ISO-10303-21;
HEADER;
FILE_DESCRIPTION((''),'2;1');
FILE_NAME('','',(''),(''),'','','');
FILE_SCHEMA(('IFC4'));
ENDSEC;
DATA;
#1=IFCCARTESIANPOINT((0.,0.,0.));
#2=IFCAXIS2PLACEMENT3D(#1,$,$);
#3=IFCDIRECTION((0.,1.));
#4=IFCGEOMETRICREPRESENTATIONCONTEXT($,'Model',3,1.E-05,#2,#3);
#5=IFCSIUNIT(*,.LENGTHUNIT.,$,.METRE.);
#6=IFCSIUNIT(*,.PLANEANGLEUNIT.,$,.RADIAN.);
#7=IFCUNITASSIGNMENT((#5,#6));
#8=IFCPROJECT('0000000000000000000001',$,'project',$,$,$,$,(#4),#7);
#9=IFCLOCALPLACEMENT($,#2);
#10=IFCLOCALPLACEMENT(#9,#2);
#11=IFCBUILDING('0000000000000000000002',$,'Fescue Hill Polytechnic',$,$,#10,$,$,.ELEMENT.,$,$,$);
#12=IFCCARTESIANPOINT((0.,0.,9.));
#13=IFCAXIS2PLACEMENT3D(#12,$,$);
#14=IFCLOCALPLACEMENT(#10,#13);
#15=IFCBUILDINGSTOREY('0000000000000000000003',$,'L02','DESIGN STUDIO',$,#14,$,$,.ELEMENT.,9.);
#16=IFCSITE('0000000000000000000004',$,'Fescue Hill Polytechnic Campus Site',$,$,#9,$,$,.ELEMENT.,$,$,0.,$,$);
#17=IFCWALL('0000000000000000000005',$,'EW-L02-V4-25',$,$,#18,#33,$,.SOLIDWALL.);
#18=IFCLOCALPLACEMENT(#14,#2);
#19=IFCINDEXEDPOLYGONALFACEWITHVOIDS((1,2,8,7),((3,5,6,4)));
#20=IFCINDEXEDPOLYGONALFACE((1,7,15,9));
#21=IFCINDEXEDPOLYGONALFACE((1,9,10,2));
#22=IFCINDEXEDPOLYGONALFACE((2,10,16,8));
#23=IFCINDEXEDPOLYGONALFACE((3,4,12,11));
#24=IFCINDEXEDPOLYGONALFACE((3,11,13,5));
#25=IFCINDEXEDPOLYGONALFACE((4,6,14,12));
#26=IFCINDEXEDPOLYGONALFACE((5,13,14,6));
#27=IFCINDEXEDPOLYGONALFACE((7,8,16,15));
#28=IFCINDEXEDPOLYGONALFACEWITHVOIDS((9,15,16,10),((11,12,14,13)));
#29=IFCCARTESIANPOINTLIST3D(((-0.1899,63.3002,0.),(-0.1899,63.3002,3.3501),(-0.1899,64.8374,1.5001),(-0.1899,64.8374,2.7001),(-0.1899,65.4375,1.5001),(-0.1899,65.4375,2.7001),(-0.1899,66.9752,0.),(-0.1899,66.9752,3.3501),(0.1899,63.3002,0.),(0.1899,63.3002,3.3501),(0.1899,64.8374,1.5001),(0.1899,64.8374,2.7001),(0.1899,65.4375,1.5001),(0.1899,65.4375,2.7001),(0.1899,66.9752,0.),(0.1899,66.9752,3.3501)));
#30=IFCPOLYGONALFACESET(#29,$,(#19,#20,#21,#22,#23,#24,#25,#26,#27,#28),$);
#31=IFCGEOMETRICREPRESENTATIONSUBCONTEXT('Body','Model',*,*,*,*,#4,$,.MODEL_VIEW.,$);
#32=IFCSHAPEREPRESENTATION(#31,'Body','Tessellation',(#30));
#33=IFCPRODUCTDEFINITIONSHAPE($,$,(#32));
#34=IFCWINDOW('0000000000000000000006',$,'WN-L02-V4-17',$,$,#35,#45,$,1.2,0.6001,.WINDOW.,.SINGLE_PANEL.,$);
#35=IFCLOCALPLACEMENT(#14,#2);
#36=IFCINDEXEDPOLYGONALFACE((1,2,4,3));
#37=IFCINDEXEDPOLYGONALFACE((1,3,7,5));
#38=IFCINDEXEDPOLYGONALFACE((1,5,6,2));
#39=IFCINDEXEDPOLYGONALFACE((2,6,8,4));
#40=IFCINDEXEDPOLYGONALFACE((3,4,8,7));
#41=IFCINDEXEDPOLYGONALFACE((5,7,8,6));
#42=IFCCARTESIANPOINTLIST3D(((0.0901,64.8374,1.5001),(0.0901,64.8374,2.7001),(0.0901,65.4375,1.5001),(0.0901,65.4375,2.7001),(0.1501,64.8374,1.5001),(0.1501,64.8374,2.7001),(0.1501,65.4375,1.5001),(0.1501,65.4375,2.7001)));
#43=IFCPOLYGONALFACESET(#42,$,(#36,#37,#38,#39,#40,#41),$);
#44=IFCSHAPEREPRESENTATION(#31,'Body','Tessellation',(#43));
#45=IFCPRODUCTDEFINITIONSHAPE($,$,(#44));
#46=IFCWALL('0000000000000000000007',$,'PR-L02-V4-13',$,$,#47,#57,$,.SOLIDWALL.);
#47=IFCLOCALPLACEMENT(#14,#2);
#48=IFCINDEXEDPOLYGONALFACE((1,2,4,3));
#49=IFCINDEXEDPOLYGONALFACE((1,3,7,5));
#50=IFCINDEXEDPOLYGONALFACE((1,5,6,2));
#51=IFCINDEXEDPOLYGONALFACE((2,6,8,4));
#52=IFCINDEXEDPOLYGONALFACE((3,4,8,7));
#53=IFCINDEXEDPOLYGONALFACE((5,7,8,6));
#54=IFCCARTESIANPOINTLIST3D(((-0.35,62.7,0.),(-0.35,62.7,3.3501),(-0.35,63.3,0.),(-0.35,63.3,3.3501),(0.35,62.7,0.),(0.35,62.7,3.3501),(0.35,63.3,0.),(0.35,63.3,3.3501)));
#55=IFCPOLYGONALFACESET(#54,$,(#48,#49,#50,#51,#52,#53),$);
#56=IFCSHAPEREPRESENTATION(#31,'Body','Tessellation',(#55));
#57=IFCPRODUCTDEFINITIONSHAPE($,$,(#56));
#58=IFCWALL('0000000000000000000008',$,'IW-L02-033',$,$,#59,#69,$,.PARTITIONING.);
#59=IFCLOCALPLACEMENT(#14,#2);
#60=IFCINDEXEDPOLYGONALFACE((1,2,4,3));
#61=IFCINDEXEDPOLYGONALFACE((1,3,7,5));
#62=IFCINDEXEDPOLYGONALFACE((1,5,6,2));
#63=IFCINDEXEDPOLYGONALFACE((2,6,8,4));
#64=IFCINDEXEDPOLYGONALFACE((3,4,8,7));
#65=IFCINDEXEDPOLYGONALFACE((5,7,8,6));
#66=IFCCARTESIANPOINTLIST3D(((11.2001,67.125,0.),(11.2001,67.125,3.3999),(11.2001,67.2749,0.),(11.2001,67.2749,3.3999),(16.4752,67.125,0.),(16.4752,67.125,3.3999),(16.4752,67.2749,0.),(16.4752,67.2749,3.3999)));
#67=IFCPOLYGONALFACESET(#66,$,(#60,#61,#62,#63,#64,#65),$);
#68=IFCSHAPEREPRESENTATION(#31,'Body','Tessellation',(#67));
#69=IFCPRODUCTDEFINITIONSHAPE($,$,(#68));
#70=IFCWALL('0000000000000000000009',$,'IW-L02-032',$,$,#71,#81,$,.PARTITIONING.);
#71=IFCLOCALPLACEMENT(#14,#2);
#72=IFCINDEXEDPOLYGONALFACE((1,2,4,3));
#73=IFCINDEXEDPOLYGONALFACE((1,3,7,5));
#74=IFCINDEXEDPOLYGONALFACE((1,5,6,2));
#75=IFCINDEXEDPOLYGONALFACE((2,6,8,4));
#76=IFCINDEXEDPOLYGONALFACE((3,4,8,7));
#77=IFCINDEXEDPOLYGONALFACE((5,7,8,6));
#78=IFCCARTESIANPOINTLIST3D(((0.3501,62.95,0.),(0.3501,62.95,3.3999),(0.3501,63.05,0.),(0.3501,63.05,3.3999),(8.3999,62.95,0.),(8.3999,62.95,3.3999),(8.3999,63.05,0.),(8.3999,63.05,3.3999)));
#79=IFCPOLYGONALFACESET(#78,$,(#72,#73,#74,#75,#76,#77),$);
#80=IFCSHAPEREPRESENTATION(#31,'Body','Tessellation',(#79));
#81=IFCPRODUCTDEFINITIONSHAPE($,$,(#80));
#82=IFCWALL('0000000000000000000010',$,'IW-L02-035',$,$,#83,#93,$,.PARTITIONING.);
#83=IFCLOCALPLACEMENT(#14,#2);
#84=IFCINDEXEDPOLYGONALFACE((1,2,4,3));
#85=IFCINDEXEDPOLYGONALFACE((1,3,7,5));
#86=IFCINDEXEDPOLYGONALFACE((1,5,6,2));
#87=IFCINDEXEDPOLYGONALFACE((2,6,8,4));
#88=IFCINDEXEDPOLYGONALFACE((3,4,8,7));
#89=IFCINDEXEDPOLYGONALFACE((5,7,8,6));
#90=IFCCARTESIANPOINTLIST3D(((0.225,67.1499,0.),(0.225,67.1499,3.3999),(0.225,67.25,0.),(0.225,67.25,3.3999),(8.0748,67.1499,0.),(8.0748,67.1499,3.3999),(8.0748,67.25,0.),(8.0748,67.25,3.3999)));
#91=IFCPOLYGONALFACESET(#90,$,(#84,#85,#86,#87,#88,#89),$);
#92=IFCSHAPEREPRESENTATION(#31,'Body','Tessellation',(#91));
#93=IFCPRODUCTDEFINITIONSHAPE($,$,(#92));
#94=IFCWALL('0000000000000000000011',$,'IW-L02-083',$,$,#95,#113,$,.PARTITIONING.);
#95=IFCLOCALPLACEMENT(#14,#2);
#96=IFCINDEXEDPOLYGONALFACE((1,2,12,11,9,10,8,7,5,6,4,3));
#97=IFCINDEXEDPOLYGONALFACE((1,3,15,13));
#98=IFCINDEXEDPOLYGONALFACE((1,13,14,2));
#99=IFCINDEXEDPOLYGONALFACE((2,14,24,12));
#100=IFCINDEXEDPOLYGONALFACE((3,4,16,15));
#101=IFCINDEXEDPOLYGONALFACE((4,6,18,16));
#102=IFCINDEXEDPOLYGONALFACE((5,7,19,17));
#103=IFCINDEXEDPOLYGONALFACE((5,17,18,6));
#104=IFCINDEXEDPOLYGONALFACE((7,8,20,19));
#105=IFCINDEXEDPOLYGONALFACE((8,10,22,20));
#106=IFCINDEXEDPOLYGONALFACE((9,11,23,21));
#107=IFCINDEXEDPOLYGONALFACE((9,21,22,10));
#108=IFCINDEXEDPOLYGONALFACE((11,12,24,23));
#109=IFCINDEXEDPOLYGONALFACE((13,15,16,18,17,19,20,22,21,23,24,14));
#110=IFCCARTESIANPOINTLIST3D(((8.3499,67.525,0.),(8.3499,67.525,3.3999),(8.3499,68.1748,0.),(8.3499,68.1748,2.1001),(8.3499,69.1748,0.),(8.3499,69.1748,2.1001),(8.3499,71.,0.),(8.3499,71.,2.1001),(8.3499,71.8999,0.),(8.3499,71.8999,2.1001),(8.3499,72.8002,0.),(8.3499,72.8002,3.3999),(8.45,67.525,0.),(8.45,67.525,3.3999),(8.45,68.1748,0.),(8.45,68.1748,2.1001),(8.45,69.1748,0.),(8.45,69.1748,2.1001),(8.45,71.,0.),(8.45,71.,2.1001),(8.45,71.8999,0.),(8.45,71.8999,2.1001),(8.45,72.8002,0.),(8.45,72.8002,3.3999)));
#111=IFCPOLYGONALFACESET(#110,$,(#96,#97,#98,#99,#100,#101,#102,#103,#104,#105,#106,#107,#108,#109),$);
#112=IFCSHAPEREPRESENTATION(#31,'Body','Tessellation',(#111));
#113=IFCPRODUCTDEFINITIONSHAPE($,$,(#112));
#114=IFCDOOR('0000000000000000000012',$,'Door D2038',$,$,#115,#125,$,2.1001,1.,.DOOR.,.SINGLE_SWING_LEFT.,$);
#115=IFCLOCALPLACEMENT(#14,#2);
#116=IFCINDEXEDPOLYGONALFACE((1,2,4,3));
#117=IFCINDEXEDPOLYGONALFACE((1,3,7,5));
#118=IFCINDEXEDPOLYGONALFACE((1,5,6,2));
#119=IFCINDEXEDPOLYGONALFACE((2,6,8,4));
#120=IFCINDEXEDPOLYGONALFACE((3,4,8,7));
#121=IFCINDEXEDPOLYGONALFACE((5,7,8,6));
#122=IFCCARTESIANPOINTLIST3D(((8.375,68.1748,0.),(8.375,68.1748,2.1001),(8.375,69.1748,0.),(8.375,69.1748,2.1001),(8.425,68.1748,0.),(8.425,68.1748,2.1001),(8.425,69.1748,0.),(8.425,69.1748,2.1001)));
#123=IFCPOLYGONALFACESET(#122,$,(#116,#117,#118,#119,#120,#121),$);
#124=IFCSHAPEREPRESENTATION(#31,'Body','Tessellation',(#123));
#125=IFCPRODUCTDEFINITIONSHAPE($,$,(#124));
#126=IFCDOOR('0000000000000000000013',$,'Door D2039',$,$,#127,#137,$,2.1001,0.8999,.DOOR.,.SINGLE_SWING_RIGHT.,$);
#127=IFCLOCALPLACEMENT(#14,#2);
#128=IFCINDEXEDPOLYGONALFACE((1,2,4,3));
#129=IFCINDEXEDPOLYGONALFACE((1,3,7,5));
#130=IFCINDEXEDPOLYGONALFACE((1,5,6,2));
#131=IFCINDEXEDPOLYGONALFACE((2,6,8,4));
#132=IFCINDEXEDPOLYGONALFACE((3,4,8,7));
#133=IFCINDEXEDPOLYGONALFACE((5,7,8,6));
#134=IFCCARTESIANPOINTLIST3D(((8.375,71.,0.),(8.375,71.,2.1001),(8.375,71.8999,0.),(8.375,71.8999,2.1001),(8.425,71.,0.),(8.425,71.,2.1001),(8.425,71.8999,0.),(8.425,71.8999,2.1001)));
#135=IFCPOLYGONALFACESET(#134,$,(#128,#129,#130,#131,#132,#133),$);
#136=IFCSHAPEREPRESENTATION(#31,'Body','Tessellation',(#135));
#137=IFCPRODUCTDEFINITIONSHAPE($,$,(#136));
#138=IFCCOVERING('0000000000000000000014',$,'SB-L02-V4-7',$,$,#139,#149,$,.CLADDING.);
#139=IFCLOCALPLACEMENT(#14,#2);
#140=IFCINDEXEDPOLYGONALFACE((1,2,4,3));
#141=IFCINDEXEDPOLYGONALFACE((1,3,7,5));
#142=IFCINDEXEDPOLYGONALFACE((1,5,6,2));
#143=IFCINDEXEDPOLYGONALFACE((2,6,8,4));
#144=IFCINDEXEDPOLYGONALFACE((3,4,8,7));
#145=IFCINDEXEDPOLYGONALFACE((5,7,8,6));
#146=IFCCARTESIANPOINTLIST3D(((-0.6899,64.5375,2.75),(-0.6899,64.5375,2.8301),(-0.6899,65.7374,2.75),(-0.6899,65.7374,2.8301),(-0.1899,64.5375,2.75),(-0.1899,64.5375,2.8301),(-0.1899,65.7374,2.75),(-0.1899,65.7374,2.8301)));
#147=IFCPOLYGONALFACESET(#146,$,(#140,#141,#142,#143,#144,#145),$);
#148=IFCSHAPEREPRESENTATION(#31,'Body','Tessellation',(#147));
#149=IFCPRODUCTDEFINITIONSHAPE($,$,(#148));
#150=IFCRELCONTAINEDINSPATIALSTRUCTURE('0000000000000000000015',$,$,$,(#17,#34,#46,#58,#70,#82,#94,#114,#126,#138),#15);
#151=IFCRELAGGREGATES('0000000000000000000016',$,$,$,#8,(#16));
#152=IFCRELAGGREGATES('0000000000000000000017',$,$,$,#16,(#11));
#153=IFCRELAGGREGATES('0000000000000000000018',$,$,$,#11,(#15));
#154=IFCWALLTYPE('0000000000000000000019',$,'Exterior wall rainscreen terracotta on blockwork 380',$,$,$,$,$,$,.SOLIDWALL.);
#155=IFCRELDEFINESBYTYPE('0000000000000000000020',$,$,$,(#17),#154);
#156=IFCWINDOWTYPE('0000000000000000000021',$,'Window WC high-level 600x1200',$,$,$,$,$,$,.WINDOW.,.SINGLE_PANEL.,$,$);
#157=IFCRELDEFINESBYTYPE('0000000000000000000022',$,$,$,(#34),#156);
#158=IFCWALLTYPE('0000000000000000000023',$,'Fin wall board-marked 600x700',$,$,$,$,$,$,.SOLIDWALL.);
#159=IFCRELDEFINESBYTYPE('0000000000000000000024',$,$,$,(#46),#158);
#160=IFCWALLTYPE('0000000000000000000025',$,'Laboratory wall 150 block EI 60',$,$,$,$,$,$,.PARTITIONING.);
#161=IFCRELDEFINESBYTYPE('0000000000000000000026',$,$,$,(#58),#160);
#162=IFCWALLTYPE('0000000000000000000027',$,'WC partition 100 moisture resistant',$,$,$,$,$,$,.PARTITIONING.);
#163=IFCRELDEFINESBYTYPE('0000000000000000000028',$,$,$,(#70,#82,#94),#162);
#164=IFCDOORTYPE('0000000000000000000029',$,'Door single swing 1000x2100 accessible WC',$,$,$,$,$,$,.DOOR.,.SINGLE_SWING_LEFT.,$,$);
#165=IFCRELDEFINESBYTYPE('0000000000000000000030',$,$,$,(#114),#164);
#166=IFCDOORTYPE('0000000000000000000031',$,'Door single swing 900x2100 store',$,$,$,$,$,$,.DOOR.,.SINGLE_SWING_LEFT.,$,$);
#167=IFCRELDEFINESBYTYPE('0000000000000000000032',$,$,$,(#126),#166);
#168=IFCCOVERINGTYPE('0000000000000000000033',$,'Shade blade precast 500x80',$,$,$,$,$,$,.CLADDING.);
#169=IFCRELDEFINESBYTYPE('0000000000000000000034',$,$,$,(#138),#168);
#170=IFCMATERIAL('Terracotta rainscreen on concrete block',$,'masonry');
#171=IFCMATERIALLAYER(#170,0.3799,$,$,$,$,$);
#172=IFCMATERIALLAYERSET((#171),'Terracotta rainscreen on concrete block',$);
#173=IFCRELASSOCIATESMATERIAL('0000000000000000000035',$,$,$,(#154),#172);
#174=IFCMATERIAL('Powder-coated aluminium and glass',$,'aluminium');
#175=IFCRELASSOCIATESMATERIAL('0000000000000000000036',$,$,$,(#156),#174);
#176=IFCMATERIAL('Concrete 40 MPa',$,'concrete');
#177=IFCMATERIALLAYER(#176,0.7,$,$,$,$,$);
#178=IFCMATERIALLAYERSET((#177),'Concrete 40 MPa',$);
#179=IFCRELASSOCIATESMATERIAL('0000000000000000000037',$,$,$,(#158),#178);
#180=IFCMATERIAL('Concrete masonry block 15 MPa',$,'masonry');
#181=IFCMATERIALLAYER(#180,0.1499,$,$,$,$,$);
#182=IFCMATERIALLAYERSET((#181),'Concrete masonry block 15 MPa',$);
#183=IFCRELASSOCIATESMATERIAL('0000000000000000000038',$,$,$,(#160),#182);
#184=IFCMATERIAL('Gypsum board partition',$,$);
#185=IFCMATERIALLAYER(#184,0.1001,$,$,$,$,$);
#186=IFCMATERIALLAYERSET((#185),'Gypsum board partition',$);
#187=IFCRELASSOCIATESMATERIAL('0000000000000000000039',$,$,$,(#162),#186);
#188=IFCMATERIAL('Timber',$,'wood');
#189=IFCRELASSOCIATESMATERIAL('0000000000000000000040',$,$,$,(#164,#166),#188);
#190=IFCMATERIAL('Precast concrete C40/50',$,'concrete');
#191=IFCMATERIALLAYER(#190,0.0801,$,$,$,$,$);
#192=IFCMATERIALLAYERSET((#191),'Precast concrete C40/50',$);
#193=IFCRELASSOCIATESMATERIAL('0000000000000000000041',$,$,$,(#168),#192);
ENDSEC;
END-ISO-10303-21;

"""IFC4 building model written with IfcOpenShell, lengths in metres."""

from ifc_helpers import new_model, si_unit, direction, frame, frame_2d, origin, origin_2d, place, context, subcontext, project, spatial, rectangle, extrude, material, layer, layer_set, type_object, element, fill, save


model = new_model("IFC4")

# Units and contexts
model_context = context("Model", 3, precision=1e-05, world=origin(), true_north=direction((0.0, 1.0)))
body_context = subcontext(model_context, "Body", "Model", "MODEL_VIEW")
ifc_project = project(units=[si_unit("LENGTHUNIT", "METRE"), si_unit("PLANEANGLEUNIT", "RADIAN")], contexts=[model_context])

# Site, building, storey
site_placement = place(None, origin())
site = spatial("IfcSite", under=ifc_project, at=site_placement, Name="Fescue Hill Polytechnic Campus Site", CompositionType="ELEMENT", RefElevation=0.0)
building_placement = place(site_placement, origin())
building = spatial("IfcBuilding", under=site, at=building_placement, Name="Fescue Hill Polytechnic", CompositionType="ELEMENT")
storey_placement = place(building_placement, frame((0.0, 0.0, 9.0)))
storey = spatial("IfcBuildingStorey", under=building, at=storey_placement, Name="L02", Description="DESIGN STUDIO", CompositionType="ELEMENT", Elevation=9.0)

# Shared definitions
ifc_material_1 = material(Name="Concrete 40 MPa", Category="concrete")

# Wall, opening, window
ifc_material_2 = material(Name="Terracotta rainscreen on concrete block", Category="masonry")
ifc_layer_1 = layer(ifc_material_2, 0.3799)
ifc_layer_set_1 = layer_set([ifc_layer_1], Name="Terracotta rainscreen on concrete block")
wall_type_1 = type_object("IfcWallType", Name="Exterior wall rainscreen terracotta on blockwork 380", PredefinedType="SOLIDWALL", material=ifc_layer_set_1)
wall_1_placement = place(storey_placement, frame((0.0, 66.9751, 0.0), z_axis=(0.0, 0.0, 1.0), x_axis=(0.0, -1.0, 0.0)))
wall_1 = element("IfcWall", 1, at=wall_1_placement, inside=storey, type_object=wall_type_1, Name="EW-L02-V4-25", PredefinedType="SOLIDWALL", context=body_context, shape_type="SweptSolid", body=[
    extrude(rectangle(XDim=3.675, YDim=0.3799, at=frame_2d((1.8374, 0.0))), origin(), (0.0, 0.0, 1.0), 3.3501),
])
opening_1_placement = place(wall_1_placement, frame((1.5376, 0.0, 1.5)))
opening_1 = element("IfcOpeningElement", 2, at=opening_1_placement, cuts=wall_1, PredefinedType="OPENING", context=body_context, shape_type="SweptSolid", body=[
    extrude(rectangle(XDim=0.6001, YDim=1.2, at=frame_2d((0.3, 0.6001))), frame((0.0, 0.2, 0.0), z_axis=(0.0, -1.0, 0.0), x_axis=(1.0, 0.0, 0.0)), (0.0, 0.0, 1.0), 0.3999),
])
ifc_material_3 = material(Name="Powder-coated aluminium and glass", Category="aluminium")
window_type = type_object("IfcWindowType", Name="Window WC high-level 600x1200", PartitioningType="SINGLE_PANEL", PredefinedType="WINDOW", material=ifc_material_3)
window_placement = place(opening_1_placement, origin())
window = element("IfcWindow", 3, at=window_placement, inside=storey, type_object=window_type, Name="WN-L02-V4-17", OverallHeight=1.2, OverallWidth=0.6001, PartitioningType="SINGLE_PANEL", PredefinedType="WINDOW", context=body_context, shape_type="SweptSolid", body=[
    extrude(rectangle(XDim=0.6001, YDim=1.2, at=frame_2d((0.3, 0.6001))), frame((0.0, 0.1501, 0.0), z_axis=(0.0, -1.0, 0.0), x_axis=(1.0, 0.0, 0.0)), (0.0, 0.0, 1.0), 0.0601),
])
fill(opening_1, window)

# Walls
ifc_layer_2 = layer(ifc_material_1, 0.7)
ifc_layer_set_2 = layer_set([ifc_layer_2], Name="Concrete 40 MPa")
wall_type_2 = type_object("IfcWallType", Name="Fin wall board-marked 600x700", PredefinedType="SOLIDWALL", material=ifc_layer_set_2)
wall_2_placement = place(storey_placement, frame((0.0, 63.3, 0.0), z_axis=(0.0, 0.0, 1.0), x_axis=(0.0, -1.0, 0.0)))
element("IfcWall", 4, at=wall_2_placement, inside=storey, type_object=wall_type_2, Name="PR-L02-V4-13", PredefinedType="SOLIDWALL", context=body_context, shape_type="SweptSolid", body=[
    extrude(rectangle(XDim=0.6001, YDim=0.7, at=frame_2d((0.3, 0.0))), origin(), (0.0, 0.0, 1.0), 3.3501),
])
ifc_material_4 = material(Name="Concrete masonry block 15 MPa", Category="masonry")
ifc_layer_3 = layer(ifc_material_4, 0.1499)
ifc_layer_set_3 = layer_set([ifc_layer_3], Name="Concrete masonry block 15 MPa")
wall_type_3 = type_object("IfcWallType", Name="Laboratory wall 150 block EI 60", PredefinedType="PARTITIONING", material=ifc_layer_set_3)
wall_3_placement = place(storey_placement, frame((11.2, 67.2, 0.0), z_axis=(0.0, 0.0, 1.0), x_axis=(1.0, 0.0, 0.0)))
element("IfcWall", 5, at=wall_3_placement, inside=storey, type_object=wall_type_3, Name="IW-L02-033", PredefinedType="PARTITIONING", context=body_context, shape_type="SweptSolid", body=[
    extrude(rectangle(XDim=5.2751, YDim=0.1499, at=frame_2d((2.6377, 0.0))), origin(), (0.0, 0.0, 1.0), 3.3999),
])
ifc_material_5 = material(Name="Gypsum board partition")
ifc_layer_4 = layer(ifc_material_5, 0.1001)
ifc_layer_set_4 = layer_set([ifc_layer_4], Name="Gypsum board partition")
wall_type_4 = type_object("IfcWallType", Name="WC partition 100 moisture resistant", PredefinedType="PARTITIONING", material=ifc_layer_set_4)
wall_4_placement = place(storey_placement, frame((0.3501, 63.0, 0.0), z_axis=(0.0, 0.0, 1.0), x_axis=(1.0, 0.0, 0.0)))
element("IfcWall", 6, at=wall_4_placement, inside=storey, type_object=wall_type_4, Name="IW-L02-032", PredefinedType="PARTITIONING", context=body_context, shape_type="SweptSolid", body=[
    extrude(rectangle(XDim=8.0498, YDim=0.1001, at=frame_2d((4.0249, 0.0))), origin(), (0.0, 0.0, 1.0), 3.3999),
])
wall_5_placement = place(storey_placement, frame((0.2251, 67.2, 0.0), z_axis=(0.0, 0.0, 1.0), x_axis=(1.0, 0.0, 0.0)))
element("IfcWall", 7, at=wall_5_placement, inside=storey, type_object=wall_type_4, Name="IW-L02-035", PredefinedType="PARTITIONING", context=body_context, shape_type="SweptSolid", body=[
    extrude(rectangle(XDim=7.8499, YDim=0.1001, at=frame_2d((3.9248, 0.0))), origin(), (0.0, 0.0, 1.0), 3.3999),
])

# Wall, openings, doors
wall_6_placement = place(storey_placement, frame((8.3999, 67.5249, 0.0), z_axis=(0.0, 0.0, 1.0), x_axis=(0.0, 1.0, 0.0)))
wall_6 = element("IfcWall", 8, at=wall_6_placement, inside=storey, type_object=wall_type_4, Name="IW-L02-083", PredefinedType="PARTITIONING", context=body_context, shape_type="SweptSolid", body=[
    extrude(rectangle(XDim=5.2751, YDim=0.1001, at=frame_2d((2.6377, 0.0))), origin(), (0.0, 0.0, 1.0), 3.3999),
])
opening_2_placement = place(wall_6_placement, frame((0.6499, 0.0, 0.0)))
opening_2 = element("IfcOpeningElement", 9, at=opening_2_placement, cuts=wall_6, PredefinedType="OPENING", context=body_context, shape_type="SweptSolid", body=[
    extrude(rectangle(XDim=1.0, YDim=2.1001, at=frame_2d((0.5, 1.05))), frame((0.0, 0.0601, 0.0), z_axis=(0.0, -1.0, 0.0), x_axis=(1.0, 0.0, 0.0)), (0.0, 0.0, 1.0), 0.1201),
])
opening_3_placement = place(wall_6_placement, frame((3.4751, 0.0, 0.0)))
opening_3 = element("IfcOpeningElement", 10, at=opening_3_placement, cuts=wall_6, PredefinedType="OPENING", context=body_context, shape_type="SweptSolid", body=[
    extrude(rectangle(XDim=0.8999, YDim=2.1001, at=frame_2d((0.45, 1.05))), frame((0.0, 0.0601, 0.0), z_axis=(0.0, -1.0, 0.0), x_axis=(1.0, 0.0, 0.0)), (0.0, 0.0, 1.0), 0.1201),
])
ifc_material_6 = material(Name="Timber", Category="wood")
door_type_1 = type_object("IfcDoorType", Name="Door single swing 1000x2100 accessible WC", OperationType="SINGLE_SWING_LEFT", PredefinedType="DOOR", material=ifc_material_6)
door_1_placement = place(opening_2_placement, origin())
door_1 = element("IfcDoor", 11, at=door_1_placement, inside=storey, type_object=door_type_1, Name="Door D2038", OperationType="SINGLE_SWING_LEFT", OverallHeight=2.1001, OverallWidth=1.0, PredefinedType="DOOR", context=body_context, shape_type="SweptSolid", body=[
    extrude(rectangle(XDim=1.0, YDim=2.1001, at=frame_2d((0.5, 1.05))), frame((0.0, 0.0249, 0.0), z_axis=(0.0, -1.0, 0.0), x_axis=(1.0, 0.0, 0.0)), (0.0, 0.0, 1.0), 0.05),
])
fill(opening_2, door_1)
door_type_2 = type_object("IfcDoorType", Name="Door single swing 900x2100 store", OperationType="SINGLE_SWING_LEFT", PredefinedType="DOOR", material=ifc_material_6)
door_2_placement = place(opening_3_placement, origin())
door_2 = element("IfcDoor", 12, at=door_2_placement, inside=storey, type_object=door_type_2, Name="Door D2039", OperationType="SINGLE_SWING_RIGHT", OverallHeight=2.1001, OverallWidth=0.8999, PredefinedType="DOOR", context=body_context, shape_type="SweptSolid", body=[
    extrude(rectangle(XDim=0.8999, YDim=2.1001, at=frame_2d((0.45, 1.05))), frame((0.0, 0.0249, 0.0), z_axis=(0.0, -1.0, 0.0), x_axis=(1.0, 0.0, 0.0)), (0.0, 0.0, 1.0), 0.05),
])
fill(opening_3, door_2)

# Covering
ifc_material_7 = material(Name="Precast concrete C40/50", Category="concrete")
ifc_layer_5 = layer(ifc_material_7, 0.0801)
ifc_layer_set_5 = layer_set([ifc_layer_5], Name="Precast concrete C40/50")
covering_type = type_object("IfcCoveringType", Name="Shade blade precast 500x80", PredefinedType="CLADDING", material=ifc_layer_set_5)
covering_placement = place(storey_placement, frame((-0.4399, 65.1375, 2.75), z_axis=(0.0, 0.0, 1.0), x_axis=(0.0, -1.0, 0.0)))
element("IfcCovering", 13, at=covering_placement, inside=storey, type_object=covering_type, Name="SB-L02-V4-7", PredefinedType="CLADDING", context=body_context, shape_type="SweptSolid", body=[
    extrude(rectangle(XDim=1.2, YDim=0.5, at=origin_2d()), origin(), (0.0, 0.0, 1.0), 0.0801),
])

save(model, "model.ifc")
